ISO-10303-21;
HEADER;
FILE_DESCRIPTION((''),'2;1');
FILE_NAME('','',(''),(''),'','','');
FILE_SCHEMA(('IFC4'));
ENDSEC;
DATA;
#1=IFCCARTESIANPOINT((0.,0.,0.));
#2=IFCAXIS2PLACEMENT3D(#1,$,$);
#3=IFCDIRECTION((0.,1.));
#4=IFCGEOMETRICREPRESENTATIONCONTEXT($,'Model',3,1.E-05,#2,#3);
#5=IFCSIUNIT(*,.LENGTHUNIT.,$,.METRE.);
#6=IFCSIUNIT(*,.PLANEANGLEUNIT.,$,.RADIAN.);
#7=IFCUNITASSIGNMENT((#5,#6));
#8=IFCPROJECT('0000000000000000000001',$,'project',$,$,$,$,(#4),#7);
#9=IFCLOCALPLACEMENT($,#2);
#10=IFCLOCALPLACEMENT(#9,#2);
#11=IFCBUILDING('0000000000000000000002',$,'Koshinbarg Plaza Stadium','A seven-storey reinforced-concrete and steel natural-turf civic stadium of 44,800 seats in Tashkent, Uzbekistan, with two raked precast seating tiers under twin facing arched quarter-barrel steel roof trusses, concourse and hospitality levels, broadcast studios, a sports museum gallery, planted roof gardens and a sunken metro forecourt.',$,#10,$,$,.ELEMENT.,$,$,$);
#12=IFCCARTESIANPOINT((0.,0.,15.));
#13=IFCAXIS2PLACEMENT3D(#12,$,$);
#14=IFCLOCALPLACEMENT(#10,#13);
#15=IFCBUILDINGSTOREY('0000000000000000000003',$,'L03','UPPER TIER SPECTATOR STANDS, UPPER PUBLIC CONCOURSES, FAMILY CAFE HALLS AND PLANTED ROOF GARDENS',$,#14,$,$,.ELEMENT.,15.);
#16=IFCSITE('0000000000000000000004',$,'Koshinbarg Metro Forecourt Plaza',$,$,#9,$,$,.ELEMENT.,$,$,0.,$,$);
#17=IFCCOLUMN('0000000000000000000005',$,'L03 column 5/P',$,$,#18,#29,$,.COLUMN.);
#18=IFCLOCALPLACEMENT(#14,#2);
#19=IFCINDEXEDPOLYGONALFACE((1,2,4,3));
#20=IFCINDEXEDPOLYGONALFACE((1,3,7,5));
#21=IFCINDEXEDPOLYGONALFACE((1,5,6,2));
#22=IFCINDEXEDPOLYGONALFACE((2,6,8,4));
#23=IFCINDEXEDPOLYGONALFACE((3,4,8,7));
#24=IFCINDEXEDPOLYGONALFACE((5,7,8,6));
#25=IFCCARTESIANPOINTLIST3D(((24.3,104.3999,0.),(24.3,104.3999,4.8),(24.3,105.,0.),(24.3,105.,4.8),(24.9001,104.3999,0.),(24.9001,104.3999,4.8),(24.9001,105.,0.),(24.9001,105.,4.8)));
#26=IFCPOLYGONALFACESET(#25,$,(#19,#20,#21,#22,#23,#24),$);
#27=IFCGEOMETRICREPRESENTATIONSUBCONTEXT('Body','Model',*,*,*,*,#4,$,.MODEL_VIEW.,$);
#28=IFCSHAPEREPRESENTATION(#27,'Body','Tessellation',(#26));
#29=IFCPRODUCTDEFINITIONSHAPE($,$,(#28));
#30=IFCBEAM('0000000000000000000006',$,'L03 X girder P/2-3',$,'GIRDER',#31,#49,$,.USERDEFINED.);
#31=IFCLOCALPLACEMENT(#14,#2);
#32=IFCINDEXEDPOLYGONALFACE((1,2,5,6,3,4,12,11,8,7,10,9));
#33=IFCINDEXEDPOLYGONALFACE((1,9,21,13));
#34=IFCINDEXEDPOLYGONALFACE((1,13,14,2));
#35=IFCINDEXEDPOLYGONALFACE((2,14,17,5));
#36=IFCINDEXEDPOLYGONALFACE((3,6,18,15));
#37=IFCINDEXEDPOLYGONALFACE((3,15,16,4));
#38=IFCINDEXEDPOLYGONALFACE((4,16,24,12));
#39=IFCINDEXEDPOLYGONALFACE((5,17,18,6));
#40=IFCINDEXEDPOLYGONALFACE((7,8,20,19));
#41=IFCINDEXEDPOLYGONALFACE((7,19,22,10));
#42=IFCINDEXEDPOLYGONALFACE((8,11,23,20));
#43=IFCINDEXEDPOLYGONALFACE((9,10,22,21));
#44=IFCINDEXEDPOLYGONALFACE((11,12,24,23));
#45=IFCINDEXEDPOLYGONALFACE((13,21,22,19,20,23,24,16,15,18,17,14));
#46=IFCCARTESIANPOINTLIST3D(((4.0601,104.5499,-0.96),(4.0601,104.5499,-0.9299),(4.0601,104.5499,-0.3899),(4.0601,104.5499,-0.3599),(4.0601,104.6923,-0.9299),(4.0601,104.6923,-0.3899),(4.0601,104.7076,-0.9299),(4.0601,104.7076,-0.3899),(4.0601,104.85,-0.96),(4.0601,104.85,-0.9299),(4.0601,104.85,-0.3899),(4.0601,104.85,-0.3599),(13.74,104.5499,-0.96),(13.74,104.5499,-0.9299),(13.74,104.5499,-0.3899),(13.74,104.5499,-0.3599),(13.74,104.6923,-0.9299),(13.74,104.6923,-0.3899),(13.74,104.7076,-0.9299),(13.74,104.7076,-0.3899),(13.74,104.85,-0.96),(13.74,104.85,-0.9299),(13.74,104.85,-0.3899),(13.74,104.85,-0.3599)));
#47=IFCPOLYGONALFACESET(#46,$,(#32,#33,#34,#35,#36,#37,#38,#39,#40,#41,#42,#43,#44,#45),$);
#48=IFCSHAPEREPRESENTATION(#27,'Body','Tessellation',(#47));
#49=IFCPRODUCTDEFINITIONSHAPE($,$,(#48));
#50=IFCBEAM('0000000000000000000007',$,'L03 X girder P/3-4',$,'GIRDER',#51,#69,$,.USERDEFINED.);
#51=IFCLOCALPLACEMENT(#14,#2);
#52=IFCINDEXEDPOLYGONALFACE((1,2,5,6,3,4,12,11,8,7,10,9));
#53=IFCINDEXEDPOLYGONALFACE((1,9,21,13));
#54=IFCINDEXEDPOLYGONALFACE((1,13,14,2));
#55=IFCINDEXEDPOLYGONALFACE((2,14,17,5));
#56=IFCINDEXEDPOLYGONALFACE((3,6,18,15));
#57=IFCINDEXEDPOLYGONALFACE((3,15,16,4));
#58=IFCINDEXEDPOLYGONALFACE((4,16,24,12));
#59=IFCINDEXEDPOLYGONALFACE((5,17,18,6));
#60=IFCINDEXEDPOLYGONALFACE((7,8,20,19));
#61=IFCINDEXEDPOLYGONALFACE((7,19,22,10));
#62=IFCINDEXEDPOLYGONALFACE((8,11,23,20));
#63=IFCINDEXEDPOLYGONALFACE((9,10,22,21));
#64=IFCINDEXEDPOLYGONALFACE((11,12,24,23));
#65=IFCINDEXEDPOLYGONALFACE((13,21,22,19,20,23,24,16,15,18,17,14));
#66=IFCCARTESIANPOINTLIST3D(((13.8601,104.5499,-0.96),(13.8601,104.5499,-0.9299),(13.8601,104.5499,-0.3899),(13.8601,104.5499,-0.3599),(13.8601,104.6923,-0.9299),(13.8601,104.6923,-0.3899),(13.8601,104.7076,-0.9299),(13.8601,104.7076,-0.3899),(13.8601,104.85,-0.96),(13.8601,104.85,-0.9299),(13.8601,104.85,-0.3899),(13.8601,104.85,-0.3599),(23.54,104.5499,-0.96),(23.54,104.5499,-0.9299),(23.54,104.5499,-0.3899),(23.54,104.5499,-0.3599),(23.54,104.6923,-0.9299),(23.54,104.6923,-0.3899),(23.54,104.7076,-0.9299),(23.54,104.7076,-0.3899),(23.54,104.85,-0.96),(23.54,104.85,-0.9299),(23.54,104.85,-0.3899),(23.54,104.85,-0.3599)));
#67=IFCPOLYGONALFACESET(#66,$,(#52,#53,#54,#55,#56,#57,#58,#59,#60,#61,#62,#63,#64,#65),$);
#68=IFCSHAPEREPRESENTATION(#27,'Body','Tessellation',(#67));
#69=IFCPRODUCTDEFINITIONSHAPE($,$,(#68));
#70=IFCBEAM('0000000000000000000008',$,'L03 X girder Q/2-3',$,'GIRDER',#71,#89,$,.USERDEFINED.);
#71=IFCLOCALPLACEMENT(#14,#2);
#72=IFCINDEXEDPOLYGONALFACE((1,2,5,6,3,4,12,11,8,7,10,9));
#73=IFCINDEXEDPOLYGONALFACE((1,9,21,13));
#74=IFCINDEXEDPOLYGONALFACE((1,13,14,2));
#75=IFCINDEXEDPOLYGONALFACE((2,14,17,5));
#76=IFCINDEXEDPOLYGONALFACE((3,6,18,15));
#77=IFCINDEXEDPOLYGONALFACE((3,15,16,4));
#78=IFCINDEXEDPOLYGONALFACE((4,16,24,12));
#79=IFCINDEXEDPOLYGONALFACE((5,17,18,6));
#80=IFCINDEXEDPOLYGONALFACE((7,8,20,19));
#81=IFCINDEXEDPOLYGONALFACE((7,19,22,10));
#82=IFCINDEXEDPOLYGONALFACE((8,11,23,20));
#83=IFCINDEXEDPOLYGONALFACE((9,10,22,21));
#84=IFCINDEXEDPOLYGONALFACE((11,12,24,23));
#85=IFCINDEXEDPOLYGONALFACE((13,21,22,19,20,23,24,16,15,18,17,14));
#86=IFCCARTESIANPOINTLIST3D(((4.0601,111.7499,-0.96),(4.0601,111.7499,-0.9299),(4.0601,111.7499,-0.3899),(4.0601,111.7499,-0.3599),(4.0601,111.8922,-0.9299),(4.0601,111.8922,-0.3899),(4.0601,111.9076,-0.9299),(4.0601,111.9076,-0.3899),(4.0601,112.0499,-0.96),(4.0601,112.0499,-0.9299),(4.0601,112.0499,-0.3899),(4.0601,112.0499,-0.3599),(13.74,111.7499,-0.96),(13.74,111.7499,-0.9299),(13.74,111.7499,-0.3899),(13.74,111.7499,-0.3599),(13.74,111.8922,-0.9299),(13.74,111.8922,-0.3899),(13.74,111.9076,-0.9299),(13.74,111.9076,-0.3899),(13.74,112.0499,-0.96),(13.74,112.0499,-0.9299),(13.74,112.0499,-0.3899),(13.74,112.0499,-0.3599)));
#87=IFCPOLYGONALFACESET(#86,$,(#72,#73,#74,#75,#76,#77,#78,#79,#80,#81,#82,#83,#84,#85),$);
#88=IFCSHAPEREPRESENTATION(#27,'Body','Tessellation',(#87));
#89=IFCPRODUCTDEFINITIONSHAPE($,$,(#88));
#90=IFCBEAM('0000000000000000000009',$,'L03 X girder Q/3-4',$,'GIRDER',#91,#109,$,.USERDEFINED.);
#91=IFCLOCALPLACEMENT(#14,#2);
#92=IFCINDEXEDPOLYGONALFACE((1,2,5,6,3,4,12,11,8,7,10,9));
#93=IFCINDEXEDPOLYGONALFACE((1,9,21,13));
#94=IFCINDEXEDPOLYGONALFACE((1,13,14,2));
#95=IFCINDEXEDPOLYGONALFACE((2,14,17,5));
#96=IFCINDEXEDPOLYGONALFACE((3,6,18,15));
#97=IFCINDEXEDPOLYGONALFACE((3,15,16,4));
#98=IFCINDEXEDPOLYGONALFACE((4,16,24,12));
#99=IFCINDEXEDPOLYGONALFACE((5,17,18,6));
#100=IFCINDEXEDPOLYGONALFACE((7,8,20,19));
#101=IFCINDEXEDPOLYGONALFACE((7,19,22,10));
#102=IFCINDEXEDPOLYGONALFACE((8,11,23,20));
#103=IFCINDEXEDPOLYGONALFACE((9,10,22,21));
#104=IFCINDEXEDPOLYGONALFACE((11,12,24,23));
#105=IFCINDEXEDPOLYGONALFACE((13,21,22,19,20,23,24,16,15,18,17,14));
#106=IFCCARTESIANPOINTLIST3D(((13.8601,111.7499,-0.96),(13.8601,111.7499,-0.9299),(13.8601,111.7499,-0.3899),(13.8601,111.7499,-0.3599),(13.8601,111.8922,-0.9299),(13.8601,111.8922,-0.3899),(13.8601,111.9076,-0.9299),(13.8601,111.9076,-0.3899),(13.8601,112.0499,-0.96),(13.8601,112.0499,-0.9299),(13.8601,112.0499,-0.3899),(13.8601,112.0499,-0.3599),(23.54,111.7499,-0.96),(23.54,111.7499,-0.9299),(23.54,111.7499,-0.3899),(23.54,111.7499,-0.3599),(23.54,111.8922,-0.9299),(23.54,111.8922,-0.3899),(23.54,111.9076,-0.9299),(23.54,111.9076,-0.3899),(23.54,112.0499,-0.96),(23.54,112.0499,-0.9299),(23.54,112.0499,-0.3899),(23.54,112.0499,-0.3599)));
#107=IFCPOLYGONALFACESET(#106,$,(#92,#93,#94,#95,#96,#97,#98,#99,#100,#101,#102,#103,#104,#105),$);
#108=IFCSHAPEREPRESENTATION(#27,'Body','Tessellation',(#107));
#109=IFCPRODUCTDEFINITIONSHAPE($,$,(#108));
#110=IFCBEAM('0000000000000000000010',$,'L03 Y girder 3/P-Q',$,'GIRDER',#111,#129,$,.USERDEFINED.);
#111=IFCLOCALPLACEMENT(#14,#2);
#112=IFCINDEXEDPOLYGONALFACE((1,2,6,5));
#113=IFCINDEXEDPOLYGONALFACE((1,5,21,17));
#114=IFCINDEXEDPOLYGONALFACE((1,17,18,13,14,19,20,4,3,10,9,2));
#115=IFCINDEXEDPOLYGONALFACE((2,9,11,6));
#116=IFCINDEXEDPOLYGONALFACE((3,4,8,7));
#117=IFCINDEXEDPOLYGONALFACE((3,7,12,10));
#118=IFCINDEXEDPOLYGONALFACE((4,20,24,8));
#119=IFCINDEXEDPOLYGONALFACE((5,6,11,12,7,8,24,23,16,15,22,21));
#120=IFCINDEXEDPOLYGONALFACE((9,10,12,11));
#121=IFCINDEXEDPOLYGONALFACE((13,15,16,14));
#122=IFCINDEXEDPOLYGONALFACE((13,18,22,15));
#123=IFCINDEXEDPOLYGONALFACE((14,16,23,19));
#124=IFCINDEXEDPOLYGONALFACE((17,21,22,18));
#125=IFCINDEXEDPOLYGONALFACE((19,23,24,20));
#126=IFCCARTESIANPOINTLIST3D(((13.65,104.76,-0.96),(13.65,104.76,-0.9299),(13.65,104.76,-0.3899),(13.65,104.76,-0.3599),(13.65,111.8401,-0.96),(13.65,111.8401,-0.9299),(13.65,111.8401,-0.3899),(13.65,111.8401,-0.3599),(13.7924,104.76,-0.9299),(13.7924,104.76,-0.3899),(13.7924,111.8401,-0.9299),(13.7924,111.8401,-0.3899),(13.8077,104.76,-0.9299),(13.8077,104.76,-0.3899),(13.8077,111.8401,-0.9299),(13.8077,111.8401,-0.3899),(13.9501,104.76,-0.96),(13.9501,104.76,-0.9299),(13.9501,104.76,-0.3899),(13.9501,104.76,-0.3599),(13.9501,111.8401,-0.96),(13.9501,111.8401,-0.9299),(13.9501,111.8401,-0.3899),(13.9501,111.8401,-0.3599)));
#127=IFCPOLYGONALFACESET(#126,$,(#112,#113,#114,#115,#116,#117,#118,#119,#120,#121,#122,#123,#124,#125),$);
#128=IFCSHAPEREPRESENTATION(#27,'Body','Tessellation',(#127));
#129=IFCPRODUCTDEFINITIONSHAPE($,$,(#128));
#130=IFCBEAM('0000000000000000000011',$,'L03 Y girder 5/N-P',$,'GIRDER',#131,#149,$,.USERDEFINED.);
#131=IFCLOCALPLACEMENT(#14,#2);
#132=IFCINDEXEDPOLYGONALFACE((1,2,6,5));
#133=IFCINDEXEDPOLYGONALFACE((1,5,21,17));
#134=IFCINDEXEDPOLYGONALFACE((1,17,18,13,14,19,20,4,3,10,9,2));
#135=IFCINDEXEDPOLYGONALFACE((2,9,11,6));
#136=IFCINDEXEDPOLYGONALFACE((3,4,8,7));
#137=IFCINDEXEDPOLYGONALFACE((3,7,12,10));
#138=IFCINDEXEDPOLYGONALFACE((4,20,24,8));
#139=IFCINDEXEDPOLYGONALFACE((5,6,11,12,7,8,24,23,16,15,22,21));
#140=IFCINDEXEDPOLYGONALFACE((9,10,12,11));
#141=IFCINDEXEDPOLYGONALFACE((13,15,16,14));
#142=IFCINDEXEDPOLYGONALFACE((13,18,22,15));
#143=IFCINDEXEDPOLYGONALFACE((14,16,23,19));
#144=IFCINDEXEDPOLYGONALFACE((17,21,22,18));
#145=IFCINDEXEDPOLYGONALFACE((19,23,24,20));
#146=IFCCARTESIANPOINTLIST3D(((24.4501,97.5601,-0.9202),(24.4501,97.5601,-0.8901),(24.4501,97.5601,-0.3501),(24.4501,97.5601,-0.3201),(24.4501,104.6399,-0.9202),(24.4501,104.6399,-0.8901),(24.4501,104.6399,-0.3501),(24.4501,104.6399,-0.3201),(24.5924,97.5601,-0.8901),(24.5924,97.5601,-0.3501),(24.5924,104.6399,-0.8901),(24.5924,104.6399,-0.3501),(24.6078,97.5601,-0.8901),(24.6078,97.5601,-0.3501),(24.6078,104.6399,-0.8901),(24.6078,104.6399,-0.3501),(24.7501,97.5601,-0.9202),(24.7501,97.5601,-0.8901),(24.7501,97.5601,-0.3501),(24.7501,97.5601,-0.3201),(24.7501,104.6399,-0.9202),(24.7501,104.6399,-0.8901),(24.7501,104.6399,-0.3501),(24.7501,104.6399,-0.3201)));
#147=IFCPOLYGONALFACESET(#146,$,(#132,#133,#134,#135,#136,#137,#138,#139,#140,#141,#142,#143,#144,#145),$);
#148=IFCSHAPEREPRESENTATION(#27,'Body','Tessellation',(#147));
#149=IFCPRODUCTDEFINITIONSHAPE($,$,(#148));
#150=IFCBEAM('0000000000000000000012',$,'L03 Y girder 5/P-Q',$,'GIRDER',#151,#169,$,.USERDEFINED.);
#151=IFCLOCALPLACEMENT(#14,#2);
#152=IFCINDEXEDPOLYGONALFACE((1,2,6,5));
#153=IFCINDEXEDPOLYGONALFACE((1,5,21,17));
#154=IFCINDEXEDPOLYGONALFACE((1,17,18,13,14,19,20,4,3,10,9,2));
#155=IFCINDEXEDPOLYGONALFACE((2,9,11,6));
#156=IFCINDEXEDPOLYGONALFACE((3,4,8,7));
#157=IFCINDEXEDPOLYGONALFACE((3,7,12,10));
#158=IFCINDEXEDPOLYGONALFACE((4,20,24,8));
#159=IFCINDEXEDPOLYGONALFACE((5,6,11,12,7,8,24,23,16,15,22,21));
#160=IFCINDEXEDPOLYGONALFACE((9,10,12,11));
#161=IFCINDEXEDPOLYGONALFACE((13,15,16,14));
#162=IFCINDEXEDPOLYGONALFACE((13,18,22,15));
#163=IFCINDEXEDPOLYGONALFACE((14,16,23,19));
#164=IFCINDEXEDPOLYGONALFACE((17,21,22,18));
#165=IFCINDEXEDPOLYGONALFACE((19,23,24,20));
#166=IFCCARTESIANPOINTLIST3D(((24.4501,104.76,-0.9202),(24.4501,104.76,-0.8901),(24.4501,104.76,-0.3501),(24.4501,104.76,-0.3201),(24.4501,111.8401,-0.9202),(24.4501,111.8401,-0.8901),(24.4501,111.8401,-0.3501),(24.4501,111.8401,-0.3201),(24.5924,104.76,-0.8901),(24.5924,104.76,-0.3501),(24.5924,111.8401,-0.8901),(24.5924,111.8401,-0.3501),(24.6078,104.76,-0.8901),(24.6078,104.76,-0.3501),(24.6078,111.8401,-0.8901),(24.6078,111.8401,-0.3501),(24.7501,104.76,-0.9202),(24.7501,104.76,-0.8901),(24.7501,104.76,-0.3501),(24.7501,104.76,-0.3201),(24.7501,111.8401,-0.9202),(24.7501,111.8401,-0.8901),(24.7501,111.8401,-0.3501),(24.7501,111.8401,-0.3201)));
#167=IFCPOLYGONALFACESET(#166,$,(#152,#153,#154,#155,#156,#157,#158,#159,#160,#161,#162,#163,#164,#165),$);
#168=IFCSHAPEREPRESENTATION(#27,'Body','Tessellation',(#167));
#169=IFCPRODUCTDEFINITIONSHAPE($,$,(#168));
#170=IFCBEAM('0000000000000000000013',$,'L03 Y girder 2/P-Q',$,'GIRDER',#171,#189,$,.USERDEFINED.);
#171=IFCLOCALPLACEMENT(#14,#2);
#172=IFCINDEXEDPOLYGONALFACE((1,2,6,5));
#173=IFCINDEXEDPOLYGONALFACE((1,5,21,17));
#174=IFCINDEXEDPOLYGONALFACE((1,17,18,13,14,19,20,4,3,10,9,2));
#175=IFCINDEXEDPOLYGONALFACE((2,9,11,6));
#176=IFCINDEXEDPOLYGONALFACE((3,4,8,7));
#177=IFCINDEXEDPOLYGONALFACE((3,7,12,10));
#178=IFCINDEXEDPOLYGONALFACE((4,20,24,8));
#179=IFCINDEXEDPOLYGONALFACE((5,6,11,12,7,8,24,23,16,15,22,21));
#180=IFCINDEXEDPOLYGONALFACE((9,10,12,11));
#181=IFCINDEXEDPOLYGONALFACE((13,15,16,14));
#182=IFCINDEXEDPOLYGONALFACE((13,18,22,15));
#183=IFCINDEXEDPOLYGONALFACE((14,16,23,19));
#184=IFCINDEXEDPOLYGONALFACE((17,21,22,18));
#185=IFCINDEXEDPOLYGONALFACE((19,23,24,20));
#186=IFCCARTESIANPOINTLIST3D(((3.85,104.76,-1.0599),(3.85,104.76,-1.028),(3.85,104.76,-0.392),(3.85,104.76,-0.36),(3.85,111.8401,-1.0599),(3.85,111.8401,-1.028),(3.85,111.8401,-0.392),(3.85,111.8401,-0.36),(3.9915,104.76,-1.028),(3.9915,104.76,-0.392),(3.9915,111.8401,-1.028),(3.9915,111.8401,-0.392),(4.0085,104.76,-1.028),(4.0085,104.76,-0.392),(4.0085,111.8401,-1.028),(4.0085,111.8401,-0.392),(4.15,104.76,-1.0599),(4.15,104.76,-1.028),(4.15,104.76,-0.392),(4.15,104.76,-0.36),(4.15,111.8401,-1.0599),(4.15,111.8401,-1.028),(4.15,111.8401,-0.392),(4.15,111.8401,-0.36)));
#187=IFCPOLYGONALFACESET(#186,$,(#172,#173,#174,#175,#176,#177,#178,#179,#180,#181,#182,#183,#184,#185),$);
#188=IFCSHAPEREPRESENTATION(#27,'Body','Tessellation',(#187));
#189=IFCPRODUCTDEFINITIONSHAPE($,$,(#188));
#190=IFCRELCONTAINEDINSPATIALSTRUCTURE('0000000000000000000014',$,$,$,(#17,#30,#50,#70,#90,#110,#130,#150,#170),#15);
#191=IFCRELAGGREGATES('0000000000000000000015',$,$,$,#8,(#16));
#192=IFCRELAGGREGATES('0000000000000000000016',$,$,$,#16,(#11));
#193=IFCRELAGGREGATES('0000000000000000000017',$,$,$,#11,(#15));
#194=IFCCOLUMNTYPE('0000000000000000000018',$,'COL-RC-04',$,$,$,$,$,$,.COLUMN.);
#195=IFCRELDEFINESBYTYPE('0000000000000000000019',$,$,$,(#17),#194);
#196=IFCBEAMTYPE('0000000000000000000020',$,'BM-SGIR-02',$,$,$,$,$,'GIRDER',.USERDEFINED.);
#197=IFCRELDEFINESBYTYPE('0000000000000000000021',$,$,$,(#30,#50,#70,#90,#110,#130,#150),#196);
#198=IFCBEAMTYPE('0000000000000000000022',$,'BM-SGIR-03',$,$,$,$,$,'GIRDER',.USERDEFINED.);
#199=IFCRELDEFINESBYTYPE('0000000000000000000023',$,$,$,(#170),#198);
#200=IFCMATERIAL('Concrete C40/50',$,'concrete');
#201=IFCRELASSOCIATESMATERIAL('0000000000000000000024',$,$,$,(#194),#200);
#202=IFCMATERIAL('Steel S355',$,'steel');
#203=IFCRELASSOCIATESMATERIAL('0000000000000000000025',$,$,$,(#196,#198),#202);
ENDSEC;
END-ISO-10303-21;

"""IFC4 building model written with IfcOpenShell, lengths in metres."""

from ifc_helpers import new_model, si_unit, direction, frame, origin, origin_2d, place, context, subcontext, project, spatial, rectangle, i_section, extrude, material, material_profile, profile_set, type_object, element, save


model = new_model("IFC4")

# Units and contexts
model_context = context("Model", 3, precision=1e-05, world=origin(), true_north=direction((0.0, 1.0)))
body_context = subcontext(model_context, "Body", "Model", "MODEL_VIEW")
ifc_project = project(units=[si_unit("LENGTHUNIT", "METRE"), si_unit("PLANEANGLEUNIT", "RADIAN")], contexts=[model_context])

# Site, building, storey
site_placement = place(None, origin())
site = spatial("IfcSite", under=ifc_project, at=site_placement, Name="Koshinbarg Metro Forecourt Plaza", CompositionType="ELEMENT", RefElevation=0.0)
building_placement = place(site_placement, origin())
building = spatial("IfcBuilding", under=site, at=building_placement, Name="Koshinbarg Plaza Stadium", Description="A seven-storey reinforced-concrete and steel natural-turf civic stadium of 44,800 seats in Tashkent, Uzbekistan, with two raked precast seating tiers under twin facing arched quarter-barrel steel roof trusses, concourse and hospitality levels, broadcast studios, a sports museum gallery, planted roof gardens and a sunken metro forecourt.", CompositionType="ELEMENT")
storey_placement = place(building_placement, frame((0.0, 0.0, 15.0)))
storey = spatial("IfcBuildingStorey", under=building, at=storey_placement, Name="L03", Description="UPPER TIER SPECTATOR STANDS, UPPER PUBLIC CONCOURSES, FAMILY CAFE HALLS AND PLANTED ROOF GARDENS", CompositionType="ELEMENT", Elevation=15.0)

# Column
ifc_material_1 = material(Name="Concrete C40/50", Category="concrete")
ifc_material_profile_1 = material_profile(ifc_material_1, rectangle(XDim=0.6001, YDim=0.6001, at=origin_2d()), Name="RC 600x600")
ifc_profile_set_1 = profile_set([ifc_material_profile_1], Name="Concrete C40/50")
column_type = type_object("IfcColumnType", Name="COL-RC-04", PredefinedType="COLUMN", material=ifc_profile_set_1)
column_placement = place(storey_placement, frame((24.6001, 104.7, 0.0), z_axis=(0.0, 0.0, 1.0), x_axis=(1.0, 0.0, 0.0)))
element("IfcColumn", 1, at=column_placement, inside=storey, type_object=column_type, Name="L03 column 5/P", PredefinedType="COLUMN", context=body_context, shape_type="SweptSolid", body=[
    extrude(rectangle(XDim=0.6001, YDim=0.6001, at=origin_2d()), origin(), (0.0, 0.0, 1.0), 4.8),
])

# Beams
ifc_material_2 = material(Name="Steel S355", Category="steel")
ifc_material_profile_2 = material_profile(ifc_material_2, i_section(OverallWidth=0.3, OverallDepth=0.6001, WebThickness=0.0154, FlangeThickness=0.03, at=origin_2d()), Name="HEB 600")
ifc_profile_set_2 = profile_set([ifc_material_profile_2], Name="Steel S355")
beam_type_1 = type_object("IfcBeamType", Name="BM-SGIR-02", ElementType="GIRDER", PredefinedType="USERDEFINED", material=ifc_profile_set_2)
for number, where, z_axis, x_axis, name in (
    (2, (4.0601, 104.7, -0.6599), (1.0, 0.0, 0.0), (0.0, 1.0, 0.0), "L03 X girder P/2-3"),
    (3, (13.8601, 104.7, -0.6599), (1.0, 0.0, 0.0), (0.0, 1.0, 0.0), "L03 X girder P/3-4"),
    (4, (4.0601, 111.8999, -0.6599), (1.0, 0.0, 0.0), (0.0, 1.0, 0.0), "L03 X girder Q/2-3"),
    (5, (13.8601, 111.8999, -0.6599), (1.0, 0.0, 0.0), (0.0, 1.0, 0.0), "L03 X girder Q/3-4"),
):
    element("IfcBeam", number, at=place(storey_placement, frame(where, z_axis=z_axis, x_axis=x_axis)), inside=storey, type_object=beam_type_1, Name=name, ObjectType="GIRDER", PredefinedType="USERDEFINED", context=body_context, shape_type="SweptSolid", body=[
        extrude(i_section(OverallWidth=0.3, OverallDepth=0.6001, WebThickness=0.0154, FlangeThickness=0.03, at=origin_2d()), origin(), (0.0, 0.0, 1.0), 9.6799),
    ])
beam_1_placement = place(storey_placement, frame((13.8, 104.76, -0.6599), z_axis=(0.0, 1.0, 0.0), x_axis=(-1.0, 0.0, 0.0)))
element("IfcBeam", 6, at=beam_1_placement, inside=storey, type_object=beam_type_1, Name="L03 Y girder 3/P-Q", ObjectType="GIRDER", PredefinedType="USERDEFINED", context=body_context, shape_type="SweptSolid", body=[
    extrude(i_section(OverallWidth=0.3, OverallDepth=0.6001, WebThickness=0.0154, FlangeThickness=0.03, at=origin_2d()), origin(), (0.0, 0.0, 1.0), 7.0801),
])
beam_2_placement = place(storey_placement, frame((24.6001, 97.5601, -0.6201), z_axis=(0.0, 1.0, 0.0), x_axis=(-1.0, 0.0, 0.0)))
element("IfcBeam", 7, at=beam_2_placement, inside=storey, type_object=beam_type_1, Name="L03 Y girder 5/N-P", ObjectType="GIRDER", PredefinedType="USERDEFINED", context=body_context, shape_type="SweptSolid", body=[
    extrude(i_section(OverallWidth=0.3, OverallDepth=0.6001, WebThickness=0.0154, FlangeThickness=0.03, at=origin_2d()), origin(), (0.0, 0.0, 1.0), 7.0798),
])
beam_3_placement = place(storey_placement, frame((24.6001, 104.76, -0.6201), z_axis=(0.0, 1.0, 0.0), x_axis=(-1.0, 0.0, 0.0)))
element("IfcBeam", 8, at=beam_3_placement, inside=storey, type_object=beam_type_1, Name="L03 Y girder 5/P-Q", ObjectType="GIRDER", PredefinedType="USERDEFINED", context=body_context, shape_type="SweptSolid", body=[
    extrude(i_section(OverallWidth=0.3, OverallDepth=0.6001, WebThickness=0.0154, FlangeThickness=0.03, at=origin_2d()), origin(), (0.0, 0.0, 1.0), 7.0801),
])
ifc_material_profile_3 = material_profile(ifc_material_2, i_section(OverallWidth=0.3, OverallDepth=0.7, WebThickness=0.0171, FlangeThickness=0.032, at=origin_2d()), Name="HEB 700")
ifc_profile_set_3 = profile_set([ifc_material_profile_3], Name="Steel S355")
beam_type_2 = type_object("IfcBeamType", Name="BM-SGIR-03", ElementType="GIRDER", PredefinedType="USERDEFINED", material=ifc_profile_set_3)
for number, where, z_axis, x_axis, name in (
    (9, (4.0, 104.76, -0.71), (0.0, 1.0, 0.0), (-1.0, 0.0, 0.0), "L03 Y girder 2/P-Q"),
):
    element("IfcBeam", number, at=place(storey_placement, frame(where, z_axis=z_axis, x_axis=x_axis)), inside=storey, type_object=beam_type_2, Name=name, ObjectType="GIRDER", PredefinedType="USERDEFINED", context=body_context, shape_type="SweptSolid", body=[
        extrude(i_section(OverallWidth=0.3, OverallDepth=0.7, WebThickness=0.0171, FlangeThickness=0.032, at=origin_2d()), origin(), (0.0, 0.0, 1.0), 7.0801),
    ])

save(model, "model.ifc")
